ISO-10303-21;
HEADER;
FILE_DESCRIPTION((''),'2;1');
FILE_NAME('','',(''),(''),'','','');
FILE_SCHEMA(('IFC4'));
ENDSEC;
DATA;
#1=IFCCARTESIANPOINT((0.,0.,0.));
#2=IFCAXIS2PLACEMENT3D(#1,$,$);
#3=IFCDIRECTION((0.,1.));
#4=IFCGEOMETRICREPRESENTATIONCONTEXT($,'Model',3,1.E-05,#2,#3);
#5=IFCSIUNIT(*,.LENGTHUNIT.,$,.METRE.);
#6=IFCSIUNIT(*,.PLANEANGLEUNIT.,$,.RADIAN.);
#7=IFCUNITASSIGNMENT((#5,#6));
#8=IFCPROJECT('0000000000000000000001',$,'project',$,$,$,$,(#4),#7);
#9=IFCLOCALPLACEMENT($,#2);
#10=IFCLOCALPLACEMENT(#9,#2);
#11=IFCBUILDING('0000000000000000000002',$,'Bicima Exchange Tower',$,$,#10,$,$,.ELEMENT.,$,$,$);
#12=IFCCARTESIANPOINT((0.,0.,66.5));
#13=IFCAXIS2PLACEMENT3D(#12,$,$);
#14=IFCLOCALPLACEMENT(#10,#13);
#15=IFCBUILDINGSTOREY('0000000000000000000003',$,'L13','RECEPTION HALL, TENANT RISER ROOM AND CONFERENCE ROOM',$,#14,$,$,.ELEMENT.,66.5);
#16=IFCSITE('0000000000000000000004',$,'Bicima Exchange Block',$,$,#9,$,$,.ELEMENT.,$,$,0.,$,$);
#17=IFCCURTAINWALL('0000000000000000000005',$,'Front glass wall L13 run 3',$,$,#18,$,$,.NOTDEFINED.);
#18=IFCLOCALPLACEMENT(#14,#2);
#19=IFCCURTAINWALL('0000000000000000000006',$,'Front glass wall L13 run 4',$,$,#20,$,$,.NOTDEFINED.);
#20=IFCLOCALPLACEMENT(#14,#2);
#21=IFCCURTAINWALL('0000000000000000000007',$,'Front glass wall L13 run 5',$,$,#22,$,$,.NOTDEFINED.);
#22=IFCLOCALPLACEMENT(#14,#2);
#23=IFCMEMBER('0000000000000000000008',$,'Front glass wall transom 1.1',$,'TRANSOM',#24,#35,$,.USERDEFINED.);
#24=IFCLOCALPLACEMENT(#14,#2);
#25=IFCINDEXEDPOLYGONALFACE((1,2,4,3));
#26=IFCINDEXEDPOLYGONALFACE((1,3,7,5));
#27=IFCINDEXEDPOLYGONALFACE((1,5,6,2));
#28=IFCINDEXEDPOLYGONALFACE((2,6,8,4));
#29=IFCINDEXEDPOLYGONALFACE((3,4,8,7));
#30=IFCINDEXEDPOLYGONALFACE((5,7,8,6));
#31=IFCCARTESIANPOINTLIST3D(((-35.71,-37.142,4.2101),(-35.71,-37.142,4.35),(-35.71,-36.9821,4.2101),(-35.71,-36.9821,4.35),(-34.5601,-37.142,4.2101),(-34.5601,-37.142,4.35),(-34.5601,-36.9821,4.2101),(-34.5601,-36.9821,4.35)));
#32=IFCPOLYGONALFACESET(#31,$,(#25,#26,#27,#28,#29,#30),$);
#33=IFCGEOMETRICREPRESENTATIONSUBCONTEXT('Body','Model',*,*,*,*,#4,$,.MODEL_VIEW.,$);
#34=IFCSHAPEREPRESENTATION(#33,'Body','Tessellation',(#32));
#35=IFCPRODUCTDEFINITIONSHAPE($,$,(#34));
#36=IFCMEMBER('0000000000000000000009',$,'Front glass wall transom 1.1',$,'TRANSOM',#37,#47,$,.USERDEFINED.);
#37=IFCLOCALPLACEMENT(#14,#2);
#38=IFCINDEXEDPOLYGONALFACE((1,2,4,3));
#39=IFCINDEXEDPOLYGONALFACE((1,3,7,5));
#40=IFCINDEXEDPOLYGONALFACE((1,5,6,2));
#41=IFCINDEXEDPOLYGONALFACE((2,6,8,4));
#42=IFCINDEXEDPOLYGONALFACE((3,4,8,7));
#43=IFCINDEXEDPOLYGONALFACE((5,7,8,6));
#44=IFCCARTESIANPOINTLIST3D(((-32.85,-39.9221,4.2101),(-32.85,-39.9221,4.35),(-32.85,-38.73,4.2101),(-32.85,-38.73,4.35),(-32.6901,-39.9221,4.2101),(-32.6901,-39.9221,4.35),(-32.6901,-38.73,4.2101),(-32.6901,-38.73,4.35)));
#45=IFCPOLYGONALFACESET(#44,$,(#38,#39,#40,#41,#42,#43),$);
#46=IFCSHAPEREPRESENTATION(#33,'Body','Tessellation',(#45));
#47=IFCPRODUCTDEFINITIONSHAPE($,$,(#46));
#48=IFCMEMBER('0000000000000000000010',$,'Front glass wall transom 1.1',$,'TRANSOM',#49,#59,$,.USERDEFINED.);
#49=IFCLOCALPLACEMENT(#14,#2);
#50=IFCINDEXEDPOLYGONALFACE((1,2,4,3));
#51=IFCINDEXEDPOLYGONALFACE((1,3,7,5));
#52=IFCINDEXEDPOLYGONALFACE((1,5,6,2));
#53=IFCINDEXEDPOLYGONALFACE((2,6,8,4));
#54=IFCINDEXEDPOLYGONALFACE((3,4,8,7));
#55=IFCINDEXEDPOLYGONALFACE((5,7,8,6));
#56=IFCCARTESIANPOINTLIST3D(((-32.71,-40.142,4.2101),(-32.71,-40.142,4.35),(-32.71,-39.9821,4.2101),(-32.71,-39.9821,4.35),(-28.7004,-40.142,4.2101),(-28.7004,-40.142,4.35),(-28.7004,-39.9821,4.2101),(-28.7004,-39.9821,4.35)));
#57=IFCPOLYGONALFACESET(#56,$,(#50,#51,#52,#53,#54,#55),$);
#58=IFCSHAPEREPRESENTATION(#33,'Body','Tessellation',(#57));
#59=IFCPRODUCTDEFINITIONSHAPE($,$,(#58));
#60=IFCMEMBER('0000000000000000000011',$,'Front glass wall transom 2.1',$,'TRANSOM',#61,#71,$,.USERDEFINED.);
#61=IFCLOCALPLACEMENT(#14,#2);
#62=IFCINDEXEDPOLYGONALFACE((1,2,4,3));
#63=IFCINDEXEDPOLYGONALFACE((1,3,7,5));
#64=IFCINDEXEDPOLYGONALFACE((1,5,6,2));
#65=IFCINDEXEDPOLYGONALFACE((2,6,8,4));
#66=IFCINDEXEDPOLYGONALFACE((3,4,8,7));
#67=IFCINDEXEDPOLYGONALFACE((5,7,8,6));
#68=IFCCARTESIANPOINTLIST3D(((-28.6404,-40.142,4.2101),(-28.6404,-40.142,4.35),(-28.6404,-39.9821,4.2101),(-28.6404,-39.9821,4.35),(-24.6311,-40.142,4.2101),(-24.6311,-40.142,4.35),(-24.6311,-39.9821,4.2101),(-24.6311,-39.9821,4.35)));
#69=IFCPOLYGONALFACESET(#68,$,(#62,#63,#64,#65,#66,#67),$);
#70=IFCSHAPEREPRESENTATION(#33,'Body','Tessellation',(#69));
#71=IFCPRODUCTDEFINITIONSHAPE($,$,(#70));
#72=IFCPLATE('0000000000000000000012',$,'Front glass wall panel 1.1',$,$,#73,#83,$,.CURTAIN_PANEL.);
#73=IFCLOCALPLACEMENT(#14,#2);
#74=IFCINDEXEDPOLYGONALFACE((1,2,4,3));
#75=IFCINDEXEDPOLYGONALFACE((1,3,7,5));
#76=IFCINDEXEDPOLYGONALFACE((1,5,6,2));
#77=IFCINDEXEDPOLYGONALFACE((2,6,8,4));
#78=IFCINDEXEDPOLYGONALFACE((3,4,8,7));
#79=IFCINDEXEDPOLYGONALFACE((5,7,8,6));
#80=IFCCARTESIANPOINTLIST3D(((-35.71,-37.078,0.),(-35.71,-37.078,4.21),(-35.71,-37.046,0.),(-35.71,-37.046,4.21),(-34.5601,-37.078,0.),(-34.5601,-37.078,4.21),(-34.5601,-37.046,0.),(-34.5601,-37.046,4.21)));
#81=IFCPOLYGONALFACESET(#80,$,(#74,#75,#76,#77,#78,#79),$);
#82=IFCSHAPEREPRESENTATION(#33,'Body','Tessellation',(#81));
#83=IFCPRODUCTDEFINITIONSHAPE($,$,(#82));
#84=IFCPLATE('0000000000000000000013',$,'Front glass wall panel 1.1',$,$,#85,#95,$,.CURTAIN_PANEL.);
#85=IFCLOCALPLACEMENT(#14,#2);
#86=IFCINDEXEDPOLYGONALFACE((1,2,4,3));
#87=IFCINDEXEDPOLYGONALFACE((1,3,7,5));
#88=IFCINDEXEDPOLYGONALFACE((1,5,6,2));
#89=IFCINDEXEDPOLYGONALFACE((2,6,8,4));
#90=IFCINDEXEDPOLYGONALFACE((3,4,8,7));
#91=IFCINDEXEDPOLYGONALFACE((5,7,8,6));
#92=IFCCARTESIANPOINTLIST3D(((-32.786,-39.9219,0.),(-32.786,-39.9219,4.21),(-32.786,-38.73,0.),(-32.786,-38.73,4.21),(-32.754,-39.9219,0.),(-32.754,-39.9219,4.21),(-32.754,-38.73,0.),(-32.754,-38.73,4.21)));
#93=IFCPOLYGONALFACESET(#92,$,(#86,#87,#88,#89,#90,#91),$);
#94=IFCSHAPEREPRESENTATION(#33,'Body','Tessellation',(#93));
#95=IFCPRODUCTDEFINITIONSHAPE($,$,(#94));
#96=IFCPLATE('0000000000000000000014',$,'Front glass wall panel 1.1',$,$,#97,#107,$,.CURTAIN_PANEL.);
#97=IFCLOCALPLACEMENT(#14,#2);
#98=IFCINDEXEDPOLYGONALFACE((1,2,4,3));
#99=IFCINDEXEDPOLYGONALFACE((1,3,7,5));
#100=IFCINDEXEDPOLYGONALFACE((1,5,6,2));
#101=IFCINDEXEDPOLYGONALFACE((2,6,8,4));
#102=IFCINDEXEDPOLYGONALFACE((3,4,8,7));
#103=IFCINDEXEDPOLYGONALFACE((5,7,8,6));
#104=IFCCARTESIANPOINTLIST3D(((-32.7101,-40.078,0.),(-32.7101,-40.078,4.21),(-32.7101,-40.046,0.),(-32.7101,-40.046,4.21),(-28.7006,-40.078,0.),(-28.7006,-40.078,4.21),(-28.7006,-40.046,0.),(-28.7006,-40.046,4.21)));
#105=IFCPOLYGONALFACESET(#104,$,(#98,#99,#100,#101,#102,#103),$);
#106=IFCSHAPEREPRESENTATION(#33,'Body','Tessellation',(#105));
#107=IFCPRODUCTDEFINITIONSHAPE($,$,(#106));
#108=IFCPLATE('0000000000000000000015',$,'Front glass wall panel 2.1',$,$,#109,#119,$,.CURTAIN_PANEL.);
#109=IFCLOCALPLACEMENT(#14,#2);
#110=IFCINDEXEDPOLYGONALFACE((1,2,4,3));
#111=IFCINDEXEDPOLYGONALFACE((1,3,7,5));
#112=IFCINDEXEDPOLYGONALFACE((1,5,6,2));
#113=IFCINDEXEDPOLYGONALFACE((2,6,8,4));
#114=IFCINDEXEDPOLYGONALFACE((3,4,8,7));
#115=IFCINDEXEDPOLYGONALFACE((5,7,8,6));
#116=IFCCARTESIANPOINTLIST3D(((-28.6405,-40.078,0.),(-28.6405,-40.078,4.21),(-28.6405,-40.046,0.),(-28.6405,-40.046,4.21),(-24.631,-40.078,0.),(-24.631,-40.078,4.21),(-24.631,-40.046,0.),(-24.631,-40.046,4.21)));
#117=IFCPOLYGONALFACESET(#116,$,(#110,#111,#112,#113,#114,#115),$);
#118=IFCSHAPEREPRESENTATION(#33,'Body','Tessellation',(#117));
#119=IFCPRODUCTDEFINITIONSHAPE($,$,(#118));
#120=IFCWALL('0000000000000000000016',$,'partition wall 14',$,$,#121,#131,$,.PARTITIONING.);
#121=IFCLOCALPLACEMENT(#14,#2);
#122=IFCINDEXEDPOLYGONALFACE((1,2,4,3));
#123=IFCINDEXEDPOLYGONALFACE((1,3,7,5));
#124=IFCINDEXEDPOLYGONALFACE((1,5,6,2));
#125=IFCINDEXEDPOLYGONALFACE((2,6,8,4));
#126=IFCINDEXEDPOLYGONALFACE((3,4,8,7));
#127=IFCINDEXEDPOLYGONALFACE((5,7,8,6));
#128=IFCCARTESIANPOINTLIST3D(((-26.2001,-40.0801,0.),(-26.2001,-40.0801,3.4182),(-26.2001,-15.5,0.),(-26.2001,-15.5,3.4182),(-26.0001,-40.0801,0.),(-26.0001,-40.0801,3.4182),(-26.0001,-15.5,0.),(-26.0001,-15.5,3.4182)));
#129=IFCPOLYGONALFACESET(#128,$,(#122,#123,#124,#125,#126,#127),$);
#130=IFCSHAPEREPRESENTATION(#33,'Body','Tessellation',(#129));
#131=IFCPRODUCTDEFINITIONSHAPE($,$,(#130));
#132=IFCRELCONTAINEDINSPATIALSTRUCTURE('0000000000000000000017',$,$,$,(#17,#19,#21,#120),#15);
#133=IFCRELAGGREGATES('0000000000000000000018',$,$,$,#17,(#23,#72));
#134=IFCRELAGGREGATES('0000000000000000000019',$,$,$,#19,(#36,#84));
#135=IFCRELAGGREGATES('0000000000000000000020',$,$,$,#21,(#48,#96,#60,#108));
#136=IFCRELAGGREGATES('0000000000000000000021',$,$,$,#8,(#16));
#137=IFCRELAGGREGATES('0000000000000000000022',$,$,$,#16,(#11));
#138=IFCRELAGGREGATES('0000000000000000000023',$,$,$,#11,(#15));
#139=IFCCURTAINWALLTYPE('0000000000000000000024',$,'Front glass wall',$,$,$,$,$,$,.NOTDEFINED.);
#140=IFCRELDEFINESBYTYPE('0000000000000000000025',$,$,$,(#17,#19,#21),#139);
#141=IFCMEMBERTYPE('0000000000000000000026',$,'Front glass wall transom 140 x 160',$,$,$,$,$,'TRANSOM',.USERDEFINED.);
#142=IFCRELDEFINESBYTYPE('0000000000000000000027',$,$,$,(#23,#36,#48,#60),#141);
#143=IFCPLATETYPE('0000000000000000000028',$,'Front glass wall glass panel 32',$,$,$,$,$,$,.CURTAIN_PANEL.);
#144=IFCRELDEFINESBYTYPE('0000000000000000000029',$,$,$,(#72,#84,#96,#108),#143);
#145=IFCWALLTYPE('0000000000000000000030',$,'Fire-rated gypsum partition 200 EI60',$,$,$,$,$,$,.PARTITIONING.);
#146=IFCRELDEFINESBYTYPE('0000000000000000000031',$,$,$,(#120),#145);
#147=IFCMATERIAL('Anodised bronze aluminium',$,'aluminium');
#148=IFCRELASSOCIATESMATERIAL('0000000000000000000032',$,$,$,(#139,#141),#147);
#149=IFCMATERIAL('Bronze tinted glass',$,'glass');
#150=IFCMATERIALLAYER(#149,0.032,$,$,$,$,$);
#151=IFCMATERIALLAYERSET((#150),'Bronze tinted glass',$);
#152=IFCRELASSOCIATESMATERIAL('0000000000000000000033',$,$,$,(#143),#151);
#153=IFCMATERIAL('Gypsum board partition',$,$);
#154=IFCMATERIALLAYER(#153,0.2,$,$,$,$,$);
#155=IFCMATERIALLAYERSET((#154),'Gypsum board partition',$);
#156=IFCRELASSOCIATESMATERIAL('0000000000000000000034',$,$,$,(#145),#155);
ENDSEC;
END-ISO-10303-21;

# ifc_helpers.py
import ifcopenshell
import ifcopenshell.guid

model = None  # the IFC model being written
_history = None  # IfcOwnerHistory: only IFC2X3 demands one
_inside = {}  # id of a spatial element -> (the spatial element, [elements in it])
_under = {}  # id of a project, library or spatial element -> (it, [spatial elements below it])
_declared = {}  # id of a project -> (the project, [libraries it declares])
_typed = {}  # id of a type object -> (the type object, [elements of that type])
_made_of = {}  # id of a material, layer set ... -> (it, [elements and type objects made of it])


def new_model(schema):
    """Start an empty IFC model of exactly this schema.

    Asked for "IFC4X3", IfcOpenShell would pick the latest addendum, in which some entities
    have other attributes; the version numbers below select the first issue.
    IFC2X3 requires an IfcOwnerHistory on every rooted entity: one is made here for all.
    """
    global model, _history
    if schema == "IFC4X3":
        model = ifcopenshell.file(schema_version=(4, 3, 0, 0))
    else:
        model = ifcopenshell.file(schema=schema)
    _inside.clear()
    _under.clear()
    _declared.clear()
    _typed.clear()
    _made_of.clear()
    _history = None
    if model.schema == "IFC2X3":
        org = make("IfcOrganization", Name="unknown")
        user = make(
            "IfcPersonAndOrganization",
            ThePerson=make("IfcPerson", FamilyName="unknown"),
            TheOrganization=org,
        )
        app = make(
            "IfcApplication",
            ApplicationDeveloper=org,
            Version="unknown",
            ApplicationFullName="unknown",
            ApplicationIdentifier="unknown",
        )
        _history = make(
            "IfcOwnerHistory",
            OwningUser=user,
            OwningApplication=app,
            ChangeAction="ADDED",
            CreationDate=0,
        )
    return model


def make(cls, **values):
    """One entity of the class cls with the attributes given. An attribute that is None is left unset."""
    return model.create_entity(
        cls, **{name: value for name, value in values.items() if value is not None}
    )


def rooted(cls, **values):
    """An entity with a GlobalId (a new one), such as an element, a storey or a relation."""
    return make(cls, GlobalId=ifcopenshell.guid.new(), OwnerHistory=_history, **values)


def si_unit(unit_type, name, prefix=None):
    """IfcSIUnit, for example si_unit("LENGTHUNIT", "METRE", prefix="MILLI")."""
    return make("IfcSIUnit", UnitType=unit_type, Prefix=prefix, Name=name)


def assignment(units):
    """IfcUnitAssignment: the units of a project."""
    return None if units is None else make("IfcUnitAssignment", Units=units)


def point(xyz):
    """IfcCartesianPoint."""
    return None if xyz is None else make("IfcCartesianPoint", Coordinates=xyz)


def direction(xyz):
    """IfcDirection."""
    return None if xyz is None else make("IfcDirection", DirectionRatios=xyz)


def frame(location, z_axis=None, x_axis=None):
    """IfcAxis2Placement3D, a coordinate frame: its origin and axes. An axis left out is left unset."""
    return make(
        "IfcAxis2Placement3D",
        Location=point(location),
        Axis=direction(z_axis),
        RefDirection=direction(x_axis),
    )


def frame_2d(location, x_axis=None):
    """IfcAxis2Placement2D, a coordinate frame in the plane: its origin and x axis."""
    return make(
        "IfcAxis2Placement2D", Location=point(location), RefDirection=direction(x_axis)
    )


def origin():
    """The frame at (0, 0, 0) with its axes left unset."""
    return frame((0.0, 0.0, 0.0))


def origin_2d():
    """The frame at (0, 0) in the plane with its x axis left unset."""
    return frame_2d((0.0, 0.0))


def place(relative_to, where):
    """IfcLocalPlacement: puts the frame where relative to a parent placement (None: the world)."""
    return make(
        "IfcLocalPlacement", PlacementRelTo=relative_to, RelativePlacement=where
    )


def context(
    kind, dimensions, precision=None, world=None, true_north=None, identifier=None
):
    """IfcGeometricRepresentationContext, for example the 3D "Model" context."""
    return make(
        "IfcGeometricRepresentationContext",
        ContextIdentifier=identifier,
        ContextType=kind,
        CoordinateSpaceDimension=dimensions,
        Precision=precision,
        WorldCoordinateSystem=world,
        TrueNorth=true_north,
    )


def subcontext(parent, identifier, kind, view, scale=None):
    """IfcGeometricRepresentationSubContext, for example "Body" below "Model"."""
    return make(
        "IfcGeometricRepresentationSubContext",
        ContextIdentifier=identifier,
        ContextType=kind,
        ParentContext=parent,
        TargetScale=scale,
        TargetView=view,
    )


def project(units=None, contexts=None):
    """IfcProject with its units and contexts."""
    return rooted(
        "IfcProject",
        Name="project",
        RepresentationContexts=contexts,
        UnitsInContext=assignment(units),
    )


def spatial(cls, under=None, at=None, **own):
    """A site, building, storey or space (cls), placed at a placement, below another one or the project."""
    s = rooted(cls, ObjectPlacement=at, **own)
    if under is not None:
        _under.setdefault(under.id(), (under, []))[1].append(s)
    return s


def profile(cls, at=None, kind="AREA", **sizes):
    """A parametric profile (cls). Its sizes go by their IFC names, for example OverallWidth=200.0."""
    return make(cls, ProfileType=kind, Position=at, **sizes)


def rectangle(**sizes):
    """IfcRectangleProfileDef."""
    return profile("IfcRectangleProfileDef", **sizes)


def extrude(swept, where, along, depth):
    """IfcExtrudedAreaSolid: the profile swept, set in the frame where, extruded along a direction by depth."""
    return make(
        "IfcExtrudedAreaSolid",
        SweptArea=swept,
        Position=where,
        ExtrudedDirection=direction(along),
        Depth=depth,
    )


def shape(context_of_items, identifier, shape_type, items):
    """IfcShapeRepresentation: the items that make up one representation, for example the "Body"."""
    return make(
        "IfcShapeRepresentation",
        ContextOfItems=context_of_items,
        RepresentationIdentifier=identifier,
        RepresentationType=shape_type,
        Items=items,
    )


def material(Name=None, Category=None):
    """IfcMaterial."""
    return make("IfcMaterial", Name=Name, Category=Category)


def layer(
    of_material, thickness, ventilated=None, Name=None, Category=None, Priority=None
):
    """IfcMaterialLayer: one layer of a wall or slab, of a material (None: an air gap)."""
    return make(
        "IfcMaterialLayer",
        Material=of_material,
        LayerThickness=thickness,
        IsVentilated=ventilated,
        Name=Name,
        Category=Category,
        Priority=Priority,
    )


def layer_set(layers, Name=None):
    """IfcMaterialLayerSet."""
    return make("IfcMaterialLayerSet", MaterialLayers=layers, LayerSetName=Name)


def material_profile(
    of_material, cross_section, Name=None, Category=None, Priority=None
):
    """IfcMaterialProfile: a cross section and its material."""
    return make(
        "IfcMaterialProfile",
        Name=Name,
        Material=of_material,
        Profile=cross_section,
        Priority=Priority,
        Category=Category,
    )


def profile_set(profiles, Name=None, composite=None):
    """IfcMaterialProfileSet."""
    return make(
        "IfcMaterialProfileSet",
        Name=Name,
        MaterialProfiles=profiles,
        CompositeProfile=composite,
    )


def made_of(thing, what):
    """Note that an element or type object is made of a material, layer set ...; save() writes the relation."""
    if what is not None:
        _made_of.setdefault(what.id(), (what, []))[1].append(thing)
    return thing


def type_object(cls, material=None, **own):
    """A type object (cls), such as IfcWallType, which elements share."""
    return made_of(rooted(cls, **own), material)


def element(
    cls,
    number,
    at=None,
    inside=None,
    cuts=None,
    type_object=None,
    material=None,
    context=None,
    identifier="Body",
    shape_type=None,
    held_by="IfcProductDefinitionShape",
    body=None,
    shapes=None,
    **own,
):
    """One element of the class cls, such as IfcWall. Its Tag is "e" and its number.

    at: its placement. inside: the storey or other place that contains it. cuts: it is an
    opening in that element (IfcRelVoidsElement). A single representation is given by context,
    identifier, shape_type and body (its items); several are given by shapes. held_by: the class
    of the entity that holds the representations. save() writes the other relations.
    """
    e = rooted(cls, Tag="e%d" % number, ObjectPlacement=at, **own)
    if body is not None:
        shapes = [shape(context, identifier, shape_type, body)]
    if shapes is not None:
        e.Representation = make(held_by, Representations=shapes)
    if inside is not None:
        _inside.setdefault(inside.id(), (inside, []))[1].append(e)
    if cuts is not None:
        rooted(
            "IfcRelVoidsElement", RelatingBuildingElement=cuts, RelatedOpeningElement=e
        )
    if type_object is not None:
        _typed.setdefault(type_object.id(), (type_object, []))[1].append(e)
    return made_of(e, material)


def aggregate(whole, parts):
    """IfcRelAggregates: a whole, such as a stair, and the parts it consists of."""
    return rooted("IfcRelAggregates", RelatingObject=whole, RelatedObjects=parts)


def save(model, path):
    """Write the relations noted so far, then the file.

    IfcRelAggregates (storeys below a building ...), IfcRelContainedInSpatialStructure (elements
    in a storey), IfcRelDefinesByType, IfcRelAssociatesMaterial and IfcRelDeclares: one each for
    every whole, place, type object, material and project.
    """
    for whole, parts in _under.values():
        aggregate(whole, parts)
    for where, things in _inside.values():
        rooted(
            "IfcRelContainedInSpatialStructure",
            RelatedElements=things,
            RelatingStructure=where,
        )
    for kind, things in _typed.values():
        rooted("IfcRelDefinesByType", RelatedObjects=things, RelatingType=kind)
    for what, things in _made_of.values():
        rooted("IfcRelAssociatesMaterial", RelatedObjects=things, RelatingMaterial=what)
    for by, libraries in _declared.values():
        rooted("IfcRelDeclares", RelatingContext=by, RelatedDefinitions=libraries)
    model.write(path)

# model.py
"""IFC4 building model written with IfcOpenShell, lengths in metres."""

from ifc_helpers import new_model, si_unit, direction, frame, frame_2d, origin, origin_2d, place, context, subcontext, project, spatial, rectangle, extrude, material, layer, layer_set, material_profile, profile_set, type_object, element, aggregate, save


model = new_model("IFC4")

# Units and contexts
model_context = context("Model", 3, precision=1e-05, world=origin(), true_north=direction((0.0, 1.0)))
body_context = subcontext(model_context, "Body", "Model", "MODEL_VIEW")
ifc_project = project(units=[si_unit("LENGTHUNIT", "METRE"), si_unit("PLANEANGLEUNIT", "RADIAN")], contexts=[model_context])

# Site, building, storey
site_placement = place(None, origin())
site = spatial("IfcSite", under=ifc_project, at=site_placement, Name="Bicima Exchange Block", CompositionType="ELEMENT", RefElevation=0.0)
building_placement = place(site_placement, origin())
building = spatial("IfcBuilding", under=site, at=building_placement, Name="Bicima Exchange Tower", CompositionType="ELEMENT")
storey_placement = place(building_placement, frame((0.0, 0.0, 66.5)))
storey = spatial("IfcBuildingStorey", under=building, at=storey_placement, Name="L13", Description="RECEPTION HALL, TENANT RISER ROOM AND CONFERENCE ROOM", CompositionType="ELEMENT", Elevation=66.5)

# Shared definitions
ifc_material_1 = material(Name="Anodised bronze aluminium", Category="aluminium")

# Curtain walls
curtain_wall_type_1 = type_object("IfcCurtainWallType", Name="Front glass wall", PredefinedType="NOTDEFINED", material=ifc_material_1)
curtain_wall_1_placement = place(storey_placement, origin())
curtain_wall_1 = element("IfcCurtainWall", 1, at=curtain_wall_1_placement, inside=storey, type_object=curtain_wall_type_1, Name="Front glass wall L13 run 3", PredefinedType="NOTDEFINED")
curtain_wall_2_placement = place(storey_placement, origin())
curtain_wall_2 = element("IfcCurtainWall", 2, at=curtain_wall_2_placement, inside=storey, type_object=curtain_wall_type_1, Name="Front glass wall L13 run 4", PredefinedType="NOTDEFINED")
curtain_wall_3_placement = place(storey_placement, origin())
curtain_wall_3 = element("IfcCurtainWall", 3, at=curtain_wall_3_placement, inside=storey, type_object=curtain_wall_type_1, Name="Front glass wall L13 run 5", PredefinedType="NOTDEFINED")

# Members
ifc_material_profile_1 = material_profile(ifc_material_1, rectangle(XDim=0.1599, YDim=0.1399, at=origin_2d()))
ifc_profile_set_1 = profile_set([ifc_material_profile_1], Name="Anodised bronze aluminium")
member_type_1 = type_object("IfcMemberType", Name="Front glass wall transom 140 x 160", ElementType="TRANSOM", PredefinedType="USERDEFINED", material=ifc_profile_set_1)
member_1_placement = place(storey_placement, frame((-35.71, -37.062, 4.28), z_axis=(1.0, 0.0, 0.0), x_axis=(0.0, 1.0, 0.0)))
member_1 = element("IfcMember", 4, at=member_1_placement, type_object=member_type_1, Name="Front glass wall transom 1.1", ObjectType="TRANSOM", PredefinedType="USERDEFINED", context=body_context, shape_type="SweptSolid", body=[
    extrude(rectangle(XDim=0.1599, YDim=0.1399, at=origin_2d()), origin(), (0.0, 0.0, 1.0), 1.1499),
])
member_2_placement = place(storey_placement, frame((-32.77, -38.73, 4.28), z_axis=(0.0, -1.0, 0.0), x_axis=(1.0, 0.0, 0.0)))
member_2 = element("IfcMember", 5, at=member_2_placement, type_object=member_type_1, Name="Front glass wall transom 1.1", ObjectType="TRANSOM", PredefinedType="USERDEFINED", context=body_context, shape_type="SweptSolid", body=[
    extrude(rectangle(XDim=0.1599, YDim=0.1399, at=origin_2d()), origin(), (0.0, 0.0, 1.0), 1.1921),
])
member_3_placement = place(storey_placement, frame((-32.71, -40.062, 4.28), z_axis=(1.0, 0.0, 0.0), x_axis=(0.0, 1.0, 0.0)))
member_3 = element("IfcMember", 6, at=member_3_placement, type_object=member_type_1, Name="Front glass wall transom 1.1", ObjectType="TRANSOM", PredefinedType="USERDEFINED", context=body_context, shape_type="SweptSolid", body=[
    extrude(rectangle(XDim=0.1599, YDim=0.1399, at=origin_2d()), origin(), (0.0, 0.0, 1.0), 4.0095),
])
member_4_placement = place(storey_placement, frame((-28.6404, -40.062, 4.28), z_axis=(1.0, 0.0, 0.0), x_axis=(0.0, 1.0, 0.0)))
member_4 = element("IfcMember", 7, at=member_4_placement, type_object=member_type_1, Name="Front glass wall transom 2.1", ObjectType="TRANSOM", PredefinedType="USERDEFINED", context=body_context, shape_type="SweptSolid", body=[
    extrude(rectangle(XDim=0.1599, YDim=0.1399, at=origin_2d()), origin(), (0.0, 0.0, 1.0), 4.0093),
])

# Plates
ifc_material_2 = material(Name="Bronze tinted glass", Category="glass")
ifc_layer_1 = layer(ifc_material_2, 0.032)
ifc_layer_set_1 = layer_set([ifc_layer_1], Name="Bronze tinted glass")
plate_type = type_object("IfcPlateType", Name="Front glass wall glass panel 32", PredefinedType="CURTAIN_PANEL", material=ifc_layer_set_1)
plate_1_placement = place(storey_placement, frame((-35.135, -37.062, 0.0), z_axis=(0.0, 0.0, 1.0), x_axis=(1.0, 0.0, 0.0)))
plate_1 = element("IfcPlate", 8, at=plate_1_placement, type_object=plate_type, Name="Front glass wall panel 1.1", PredefinedType="CURTAIN_PANEL", context=body_context, shape_type="SweptSolid", body=[
    extrude(rectangle(XDim=1.1499, YDim=0.032, at=origin_2d()), origin(), (0.0, 0.0, 1.0), 4.21),
])
aggregate(curtain_wall_1, [member_1, plate_1])
plate_2_placement = place(storey_placement, frame((-32.77, -39.3259, 0.0), z_axis=(0.0, 0.0, 1.0), x_axis=(0.0, -1.0, 0.0)))
plate_2 = element("IfcPlate", 9, at=plate_2_placement, type_object=plate_type, Name="Front glass wall panel 1.1", PredefinedType="CURTAIN_PANEL", context=body_context, shape_type="SweptSolid", body=[
    extrude(rectangle(XDim=1.1919, YDim=0.032, at=origin_2d()), origin(), (0.0, 0.0, 1.0), 4.21),
])
aggregate(curtain_wall_2, [member_2, plate_2])
plate_3_placement = place(storey_placement, frame((-30.7053, -40.062, 0.0), z_axis=(0.0, 0.0, 1.0), x_axis=(1.0, 0.0, 0.0)))
plate_3 = element("IfcPlate", 10, at=plate_3_placement, type_object=plate_type, Name="Front glass wall panel 1.1", PredefinedType="CURTAIN_PANEL", context=body_context, shape_type="SweptSolid", body=[
    extrude(rectangle(XDim=4.0095, YDim=0.032, at=origin_2d()), origin(), (0.0, 0.0, 1.0), 4.21),
])
plate_4_placement = place(storey_placement, frame((-26.6357, -40.062, 0.0), z_axis=(0.0, 0.0, 1.0), x_axis=(1.0, 0.0, 0.0)))
plate_4 = element("IfcPlate", 11, at=plate_4_placement, type_object=plate_type, Name="Front glass wall panel 2.1", PredefinedType="CURTAIN_PANEL", context=body_context, shape_type="SweptSolid", body=[
    extrude(rectangle(XDim=4.0095, YDim=0.032, at=origin_2d()), origin(), (0.0, 0.0, 1.0), 4.21),
])
aggregate(curtain_wall_3, [member_3, plate_3, member_4, plate_4])

# Wall
ifc_material_3 = material(Name="Gypsum board partition")
ifc_layer_2 = layer(ifc_material_3, 0.2)
ifc_layer_set_2 = layer_set([ifc_layer_2], Name="Gypsum board partition")
wall_type = type_object("IfcWallType", Name="Fire-rated gypsum partition 200 EI60", PredefinedType="PARTITIONING", material=ifc_layer_set_2)
wall_placement = place(storey_placement, frame((-26.1001, -40.0801, 0.0), z_axis=(0.0, 0.0, 1.0), x_axis=(0.0, 1.0, 0.0)))
element("IfcWall", 12, at=wall_placement, inside=storey, type_object=wall_type, Name="partition wall 14", PredefinedType="PARTITIONING", context=body_context, shape_type="SweptSolid", body=[
    extrude(rectangle(XDim=24.5801, YDim=0.2, at=frame_2d((12.29, 0.0))), origin(), (0.0, 0.0, 1.0), 3.4182),
])

save(model, "model.ifc")
